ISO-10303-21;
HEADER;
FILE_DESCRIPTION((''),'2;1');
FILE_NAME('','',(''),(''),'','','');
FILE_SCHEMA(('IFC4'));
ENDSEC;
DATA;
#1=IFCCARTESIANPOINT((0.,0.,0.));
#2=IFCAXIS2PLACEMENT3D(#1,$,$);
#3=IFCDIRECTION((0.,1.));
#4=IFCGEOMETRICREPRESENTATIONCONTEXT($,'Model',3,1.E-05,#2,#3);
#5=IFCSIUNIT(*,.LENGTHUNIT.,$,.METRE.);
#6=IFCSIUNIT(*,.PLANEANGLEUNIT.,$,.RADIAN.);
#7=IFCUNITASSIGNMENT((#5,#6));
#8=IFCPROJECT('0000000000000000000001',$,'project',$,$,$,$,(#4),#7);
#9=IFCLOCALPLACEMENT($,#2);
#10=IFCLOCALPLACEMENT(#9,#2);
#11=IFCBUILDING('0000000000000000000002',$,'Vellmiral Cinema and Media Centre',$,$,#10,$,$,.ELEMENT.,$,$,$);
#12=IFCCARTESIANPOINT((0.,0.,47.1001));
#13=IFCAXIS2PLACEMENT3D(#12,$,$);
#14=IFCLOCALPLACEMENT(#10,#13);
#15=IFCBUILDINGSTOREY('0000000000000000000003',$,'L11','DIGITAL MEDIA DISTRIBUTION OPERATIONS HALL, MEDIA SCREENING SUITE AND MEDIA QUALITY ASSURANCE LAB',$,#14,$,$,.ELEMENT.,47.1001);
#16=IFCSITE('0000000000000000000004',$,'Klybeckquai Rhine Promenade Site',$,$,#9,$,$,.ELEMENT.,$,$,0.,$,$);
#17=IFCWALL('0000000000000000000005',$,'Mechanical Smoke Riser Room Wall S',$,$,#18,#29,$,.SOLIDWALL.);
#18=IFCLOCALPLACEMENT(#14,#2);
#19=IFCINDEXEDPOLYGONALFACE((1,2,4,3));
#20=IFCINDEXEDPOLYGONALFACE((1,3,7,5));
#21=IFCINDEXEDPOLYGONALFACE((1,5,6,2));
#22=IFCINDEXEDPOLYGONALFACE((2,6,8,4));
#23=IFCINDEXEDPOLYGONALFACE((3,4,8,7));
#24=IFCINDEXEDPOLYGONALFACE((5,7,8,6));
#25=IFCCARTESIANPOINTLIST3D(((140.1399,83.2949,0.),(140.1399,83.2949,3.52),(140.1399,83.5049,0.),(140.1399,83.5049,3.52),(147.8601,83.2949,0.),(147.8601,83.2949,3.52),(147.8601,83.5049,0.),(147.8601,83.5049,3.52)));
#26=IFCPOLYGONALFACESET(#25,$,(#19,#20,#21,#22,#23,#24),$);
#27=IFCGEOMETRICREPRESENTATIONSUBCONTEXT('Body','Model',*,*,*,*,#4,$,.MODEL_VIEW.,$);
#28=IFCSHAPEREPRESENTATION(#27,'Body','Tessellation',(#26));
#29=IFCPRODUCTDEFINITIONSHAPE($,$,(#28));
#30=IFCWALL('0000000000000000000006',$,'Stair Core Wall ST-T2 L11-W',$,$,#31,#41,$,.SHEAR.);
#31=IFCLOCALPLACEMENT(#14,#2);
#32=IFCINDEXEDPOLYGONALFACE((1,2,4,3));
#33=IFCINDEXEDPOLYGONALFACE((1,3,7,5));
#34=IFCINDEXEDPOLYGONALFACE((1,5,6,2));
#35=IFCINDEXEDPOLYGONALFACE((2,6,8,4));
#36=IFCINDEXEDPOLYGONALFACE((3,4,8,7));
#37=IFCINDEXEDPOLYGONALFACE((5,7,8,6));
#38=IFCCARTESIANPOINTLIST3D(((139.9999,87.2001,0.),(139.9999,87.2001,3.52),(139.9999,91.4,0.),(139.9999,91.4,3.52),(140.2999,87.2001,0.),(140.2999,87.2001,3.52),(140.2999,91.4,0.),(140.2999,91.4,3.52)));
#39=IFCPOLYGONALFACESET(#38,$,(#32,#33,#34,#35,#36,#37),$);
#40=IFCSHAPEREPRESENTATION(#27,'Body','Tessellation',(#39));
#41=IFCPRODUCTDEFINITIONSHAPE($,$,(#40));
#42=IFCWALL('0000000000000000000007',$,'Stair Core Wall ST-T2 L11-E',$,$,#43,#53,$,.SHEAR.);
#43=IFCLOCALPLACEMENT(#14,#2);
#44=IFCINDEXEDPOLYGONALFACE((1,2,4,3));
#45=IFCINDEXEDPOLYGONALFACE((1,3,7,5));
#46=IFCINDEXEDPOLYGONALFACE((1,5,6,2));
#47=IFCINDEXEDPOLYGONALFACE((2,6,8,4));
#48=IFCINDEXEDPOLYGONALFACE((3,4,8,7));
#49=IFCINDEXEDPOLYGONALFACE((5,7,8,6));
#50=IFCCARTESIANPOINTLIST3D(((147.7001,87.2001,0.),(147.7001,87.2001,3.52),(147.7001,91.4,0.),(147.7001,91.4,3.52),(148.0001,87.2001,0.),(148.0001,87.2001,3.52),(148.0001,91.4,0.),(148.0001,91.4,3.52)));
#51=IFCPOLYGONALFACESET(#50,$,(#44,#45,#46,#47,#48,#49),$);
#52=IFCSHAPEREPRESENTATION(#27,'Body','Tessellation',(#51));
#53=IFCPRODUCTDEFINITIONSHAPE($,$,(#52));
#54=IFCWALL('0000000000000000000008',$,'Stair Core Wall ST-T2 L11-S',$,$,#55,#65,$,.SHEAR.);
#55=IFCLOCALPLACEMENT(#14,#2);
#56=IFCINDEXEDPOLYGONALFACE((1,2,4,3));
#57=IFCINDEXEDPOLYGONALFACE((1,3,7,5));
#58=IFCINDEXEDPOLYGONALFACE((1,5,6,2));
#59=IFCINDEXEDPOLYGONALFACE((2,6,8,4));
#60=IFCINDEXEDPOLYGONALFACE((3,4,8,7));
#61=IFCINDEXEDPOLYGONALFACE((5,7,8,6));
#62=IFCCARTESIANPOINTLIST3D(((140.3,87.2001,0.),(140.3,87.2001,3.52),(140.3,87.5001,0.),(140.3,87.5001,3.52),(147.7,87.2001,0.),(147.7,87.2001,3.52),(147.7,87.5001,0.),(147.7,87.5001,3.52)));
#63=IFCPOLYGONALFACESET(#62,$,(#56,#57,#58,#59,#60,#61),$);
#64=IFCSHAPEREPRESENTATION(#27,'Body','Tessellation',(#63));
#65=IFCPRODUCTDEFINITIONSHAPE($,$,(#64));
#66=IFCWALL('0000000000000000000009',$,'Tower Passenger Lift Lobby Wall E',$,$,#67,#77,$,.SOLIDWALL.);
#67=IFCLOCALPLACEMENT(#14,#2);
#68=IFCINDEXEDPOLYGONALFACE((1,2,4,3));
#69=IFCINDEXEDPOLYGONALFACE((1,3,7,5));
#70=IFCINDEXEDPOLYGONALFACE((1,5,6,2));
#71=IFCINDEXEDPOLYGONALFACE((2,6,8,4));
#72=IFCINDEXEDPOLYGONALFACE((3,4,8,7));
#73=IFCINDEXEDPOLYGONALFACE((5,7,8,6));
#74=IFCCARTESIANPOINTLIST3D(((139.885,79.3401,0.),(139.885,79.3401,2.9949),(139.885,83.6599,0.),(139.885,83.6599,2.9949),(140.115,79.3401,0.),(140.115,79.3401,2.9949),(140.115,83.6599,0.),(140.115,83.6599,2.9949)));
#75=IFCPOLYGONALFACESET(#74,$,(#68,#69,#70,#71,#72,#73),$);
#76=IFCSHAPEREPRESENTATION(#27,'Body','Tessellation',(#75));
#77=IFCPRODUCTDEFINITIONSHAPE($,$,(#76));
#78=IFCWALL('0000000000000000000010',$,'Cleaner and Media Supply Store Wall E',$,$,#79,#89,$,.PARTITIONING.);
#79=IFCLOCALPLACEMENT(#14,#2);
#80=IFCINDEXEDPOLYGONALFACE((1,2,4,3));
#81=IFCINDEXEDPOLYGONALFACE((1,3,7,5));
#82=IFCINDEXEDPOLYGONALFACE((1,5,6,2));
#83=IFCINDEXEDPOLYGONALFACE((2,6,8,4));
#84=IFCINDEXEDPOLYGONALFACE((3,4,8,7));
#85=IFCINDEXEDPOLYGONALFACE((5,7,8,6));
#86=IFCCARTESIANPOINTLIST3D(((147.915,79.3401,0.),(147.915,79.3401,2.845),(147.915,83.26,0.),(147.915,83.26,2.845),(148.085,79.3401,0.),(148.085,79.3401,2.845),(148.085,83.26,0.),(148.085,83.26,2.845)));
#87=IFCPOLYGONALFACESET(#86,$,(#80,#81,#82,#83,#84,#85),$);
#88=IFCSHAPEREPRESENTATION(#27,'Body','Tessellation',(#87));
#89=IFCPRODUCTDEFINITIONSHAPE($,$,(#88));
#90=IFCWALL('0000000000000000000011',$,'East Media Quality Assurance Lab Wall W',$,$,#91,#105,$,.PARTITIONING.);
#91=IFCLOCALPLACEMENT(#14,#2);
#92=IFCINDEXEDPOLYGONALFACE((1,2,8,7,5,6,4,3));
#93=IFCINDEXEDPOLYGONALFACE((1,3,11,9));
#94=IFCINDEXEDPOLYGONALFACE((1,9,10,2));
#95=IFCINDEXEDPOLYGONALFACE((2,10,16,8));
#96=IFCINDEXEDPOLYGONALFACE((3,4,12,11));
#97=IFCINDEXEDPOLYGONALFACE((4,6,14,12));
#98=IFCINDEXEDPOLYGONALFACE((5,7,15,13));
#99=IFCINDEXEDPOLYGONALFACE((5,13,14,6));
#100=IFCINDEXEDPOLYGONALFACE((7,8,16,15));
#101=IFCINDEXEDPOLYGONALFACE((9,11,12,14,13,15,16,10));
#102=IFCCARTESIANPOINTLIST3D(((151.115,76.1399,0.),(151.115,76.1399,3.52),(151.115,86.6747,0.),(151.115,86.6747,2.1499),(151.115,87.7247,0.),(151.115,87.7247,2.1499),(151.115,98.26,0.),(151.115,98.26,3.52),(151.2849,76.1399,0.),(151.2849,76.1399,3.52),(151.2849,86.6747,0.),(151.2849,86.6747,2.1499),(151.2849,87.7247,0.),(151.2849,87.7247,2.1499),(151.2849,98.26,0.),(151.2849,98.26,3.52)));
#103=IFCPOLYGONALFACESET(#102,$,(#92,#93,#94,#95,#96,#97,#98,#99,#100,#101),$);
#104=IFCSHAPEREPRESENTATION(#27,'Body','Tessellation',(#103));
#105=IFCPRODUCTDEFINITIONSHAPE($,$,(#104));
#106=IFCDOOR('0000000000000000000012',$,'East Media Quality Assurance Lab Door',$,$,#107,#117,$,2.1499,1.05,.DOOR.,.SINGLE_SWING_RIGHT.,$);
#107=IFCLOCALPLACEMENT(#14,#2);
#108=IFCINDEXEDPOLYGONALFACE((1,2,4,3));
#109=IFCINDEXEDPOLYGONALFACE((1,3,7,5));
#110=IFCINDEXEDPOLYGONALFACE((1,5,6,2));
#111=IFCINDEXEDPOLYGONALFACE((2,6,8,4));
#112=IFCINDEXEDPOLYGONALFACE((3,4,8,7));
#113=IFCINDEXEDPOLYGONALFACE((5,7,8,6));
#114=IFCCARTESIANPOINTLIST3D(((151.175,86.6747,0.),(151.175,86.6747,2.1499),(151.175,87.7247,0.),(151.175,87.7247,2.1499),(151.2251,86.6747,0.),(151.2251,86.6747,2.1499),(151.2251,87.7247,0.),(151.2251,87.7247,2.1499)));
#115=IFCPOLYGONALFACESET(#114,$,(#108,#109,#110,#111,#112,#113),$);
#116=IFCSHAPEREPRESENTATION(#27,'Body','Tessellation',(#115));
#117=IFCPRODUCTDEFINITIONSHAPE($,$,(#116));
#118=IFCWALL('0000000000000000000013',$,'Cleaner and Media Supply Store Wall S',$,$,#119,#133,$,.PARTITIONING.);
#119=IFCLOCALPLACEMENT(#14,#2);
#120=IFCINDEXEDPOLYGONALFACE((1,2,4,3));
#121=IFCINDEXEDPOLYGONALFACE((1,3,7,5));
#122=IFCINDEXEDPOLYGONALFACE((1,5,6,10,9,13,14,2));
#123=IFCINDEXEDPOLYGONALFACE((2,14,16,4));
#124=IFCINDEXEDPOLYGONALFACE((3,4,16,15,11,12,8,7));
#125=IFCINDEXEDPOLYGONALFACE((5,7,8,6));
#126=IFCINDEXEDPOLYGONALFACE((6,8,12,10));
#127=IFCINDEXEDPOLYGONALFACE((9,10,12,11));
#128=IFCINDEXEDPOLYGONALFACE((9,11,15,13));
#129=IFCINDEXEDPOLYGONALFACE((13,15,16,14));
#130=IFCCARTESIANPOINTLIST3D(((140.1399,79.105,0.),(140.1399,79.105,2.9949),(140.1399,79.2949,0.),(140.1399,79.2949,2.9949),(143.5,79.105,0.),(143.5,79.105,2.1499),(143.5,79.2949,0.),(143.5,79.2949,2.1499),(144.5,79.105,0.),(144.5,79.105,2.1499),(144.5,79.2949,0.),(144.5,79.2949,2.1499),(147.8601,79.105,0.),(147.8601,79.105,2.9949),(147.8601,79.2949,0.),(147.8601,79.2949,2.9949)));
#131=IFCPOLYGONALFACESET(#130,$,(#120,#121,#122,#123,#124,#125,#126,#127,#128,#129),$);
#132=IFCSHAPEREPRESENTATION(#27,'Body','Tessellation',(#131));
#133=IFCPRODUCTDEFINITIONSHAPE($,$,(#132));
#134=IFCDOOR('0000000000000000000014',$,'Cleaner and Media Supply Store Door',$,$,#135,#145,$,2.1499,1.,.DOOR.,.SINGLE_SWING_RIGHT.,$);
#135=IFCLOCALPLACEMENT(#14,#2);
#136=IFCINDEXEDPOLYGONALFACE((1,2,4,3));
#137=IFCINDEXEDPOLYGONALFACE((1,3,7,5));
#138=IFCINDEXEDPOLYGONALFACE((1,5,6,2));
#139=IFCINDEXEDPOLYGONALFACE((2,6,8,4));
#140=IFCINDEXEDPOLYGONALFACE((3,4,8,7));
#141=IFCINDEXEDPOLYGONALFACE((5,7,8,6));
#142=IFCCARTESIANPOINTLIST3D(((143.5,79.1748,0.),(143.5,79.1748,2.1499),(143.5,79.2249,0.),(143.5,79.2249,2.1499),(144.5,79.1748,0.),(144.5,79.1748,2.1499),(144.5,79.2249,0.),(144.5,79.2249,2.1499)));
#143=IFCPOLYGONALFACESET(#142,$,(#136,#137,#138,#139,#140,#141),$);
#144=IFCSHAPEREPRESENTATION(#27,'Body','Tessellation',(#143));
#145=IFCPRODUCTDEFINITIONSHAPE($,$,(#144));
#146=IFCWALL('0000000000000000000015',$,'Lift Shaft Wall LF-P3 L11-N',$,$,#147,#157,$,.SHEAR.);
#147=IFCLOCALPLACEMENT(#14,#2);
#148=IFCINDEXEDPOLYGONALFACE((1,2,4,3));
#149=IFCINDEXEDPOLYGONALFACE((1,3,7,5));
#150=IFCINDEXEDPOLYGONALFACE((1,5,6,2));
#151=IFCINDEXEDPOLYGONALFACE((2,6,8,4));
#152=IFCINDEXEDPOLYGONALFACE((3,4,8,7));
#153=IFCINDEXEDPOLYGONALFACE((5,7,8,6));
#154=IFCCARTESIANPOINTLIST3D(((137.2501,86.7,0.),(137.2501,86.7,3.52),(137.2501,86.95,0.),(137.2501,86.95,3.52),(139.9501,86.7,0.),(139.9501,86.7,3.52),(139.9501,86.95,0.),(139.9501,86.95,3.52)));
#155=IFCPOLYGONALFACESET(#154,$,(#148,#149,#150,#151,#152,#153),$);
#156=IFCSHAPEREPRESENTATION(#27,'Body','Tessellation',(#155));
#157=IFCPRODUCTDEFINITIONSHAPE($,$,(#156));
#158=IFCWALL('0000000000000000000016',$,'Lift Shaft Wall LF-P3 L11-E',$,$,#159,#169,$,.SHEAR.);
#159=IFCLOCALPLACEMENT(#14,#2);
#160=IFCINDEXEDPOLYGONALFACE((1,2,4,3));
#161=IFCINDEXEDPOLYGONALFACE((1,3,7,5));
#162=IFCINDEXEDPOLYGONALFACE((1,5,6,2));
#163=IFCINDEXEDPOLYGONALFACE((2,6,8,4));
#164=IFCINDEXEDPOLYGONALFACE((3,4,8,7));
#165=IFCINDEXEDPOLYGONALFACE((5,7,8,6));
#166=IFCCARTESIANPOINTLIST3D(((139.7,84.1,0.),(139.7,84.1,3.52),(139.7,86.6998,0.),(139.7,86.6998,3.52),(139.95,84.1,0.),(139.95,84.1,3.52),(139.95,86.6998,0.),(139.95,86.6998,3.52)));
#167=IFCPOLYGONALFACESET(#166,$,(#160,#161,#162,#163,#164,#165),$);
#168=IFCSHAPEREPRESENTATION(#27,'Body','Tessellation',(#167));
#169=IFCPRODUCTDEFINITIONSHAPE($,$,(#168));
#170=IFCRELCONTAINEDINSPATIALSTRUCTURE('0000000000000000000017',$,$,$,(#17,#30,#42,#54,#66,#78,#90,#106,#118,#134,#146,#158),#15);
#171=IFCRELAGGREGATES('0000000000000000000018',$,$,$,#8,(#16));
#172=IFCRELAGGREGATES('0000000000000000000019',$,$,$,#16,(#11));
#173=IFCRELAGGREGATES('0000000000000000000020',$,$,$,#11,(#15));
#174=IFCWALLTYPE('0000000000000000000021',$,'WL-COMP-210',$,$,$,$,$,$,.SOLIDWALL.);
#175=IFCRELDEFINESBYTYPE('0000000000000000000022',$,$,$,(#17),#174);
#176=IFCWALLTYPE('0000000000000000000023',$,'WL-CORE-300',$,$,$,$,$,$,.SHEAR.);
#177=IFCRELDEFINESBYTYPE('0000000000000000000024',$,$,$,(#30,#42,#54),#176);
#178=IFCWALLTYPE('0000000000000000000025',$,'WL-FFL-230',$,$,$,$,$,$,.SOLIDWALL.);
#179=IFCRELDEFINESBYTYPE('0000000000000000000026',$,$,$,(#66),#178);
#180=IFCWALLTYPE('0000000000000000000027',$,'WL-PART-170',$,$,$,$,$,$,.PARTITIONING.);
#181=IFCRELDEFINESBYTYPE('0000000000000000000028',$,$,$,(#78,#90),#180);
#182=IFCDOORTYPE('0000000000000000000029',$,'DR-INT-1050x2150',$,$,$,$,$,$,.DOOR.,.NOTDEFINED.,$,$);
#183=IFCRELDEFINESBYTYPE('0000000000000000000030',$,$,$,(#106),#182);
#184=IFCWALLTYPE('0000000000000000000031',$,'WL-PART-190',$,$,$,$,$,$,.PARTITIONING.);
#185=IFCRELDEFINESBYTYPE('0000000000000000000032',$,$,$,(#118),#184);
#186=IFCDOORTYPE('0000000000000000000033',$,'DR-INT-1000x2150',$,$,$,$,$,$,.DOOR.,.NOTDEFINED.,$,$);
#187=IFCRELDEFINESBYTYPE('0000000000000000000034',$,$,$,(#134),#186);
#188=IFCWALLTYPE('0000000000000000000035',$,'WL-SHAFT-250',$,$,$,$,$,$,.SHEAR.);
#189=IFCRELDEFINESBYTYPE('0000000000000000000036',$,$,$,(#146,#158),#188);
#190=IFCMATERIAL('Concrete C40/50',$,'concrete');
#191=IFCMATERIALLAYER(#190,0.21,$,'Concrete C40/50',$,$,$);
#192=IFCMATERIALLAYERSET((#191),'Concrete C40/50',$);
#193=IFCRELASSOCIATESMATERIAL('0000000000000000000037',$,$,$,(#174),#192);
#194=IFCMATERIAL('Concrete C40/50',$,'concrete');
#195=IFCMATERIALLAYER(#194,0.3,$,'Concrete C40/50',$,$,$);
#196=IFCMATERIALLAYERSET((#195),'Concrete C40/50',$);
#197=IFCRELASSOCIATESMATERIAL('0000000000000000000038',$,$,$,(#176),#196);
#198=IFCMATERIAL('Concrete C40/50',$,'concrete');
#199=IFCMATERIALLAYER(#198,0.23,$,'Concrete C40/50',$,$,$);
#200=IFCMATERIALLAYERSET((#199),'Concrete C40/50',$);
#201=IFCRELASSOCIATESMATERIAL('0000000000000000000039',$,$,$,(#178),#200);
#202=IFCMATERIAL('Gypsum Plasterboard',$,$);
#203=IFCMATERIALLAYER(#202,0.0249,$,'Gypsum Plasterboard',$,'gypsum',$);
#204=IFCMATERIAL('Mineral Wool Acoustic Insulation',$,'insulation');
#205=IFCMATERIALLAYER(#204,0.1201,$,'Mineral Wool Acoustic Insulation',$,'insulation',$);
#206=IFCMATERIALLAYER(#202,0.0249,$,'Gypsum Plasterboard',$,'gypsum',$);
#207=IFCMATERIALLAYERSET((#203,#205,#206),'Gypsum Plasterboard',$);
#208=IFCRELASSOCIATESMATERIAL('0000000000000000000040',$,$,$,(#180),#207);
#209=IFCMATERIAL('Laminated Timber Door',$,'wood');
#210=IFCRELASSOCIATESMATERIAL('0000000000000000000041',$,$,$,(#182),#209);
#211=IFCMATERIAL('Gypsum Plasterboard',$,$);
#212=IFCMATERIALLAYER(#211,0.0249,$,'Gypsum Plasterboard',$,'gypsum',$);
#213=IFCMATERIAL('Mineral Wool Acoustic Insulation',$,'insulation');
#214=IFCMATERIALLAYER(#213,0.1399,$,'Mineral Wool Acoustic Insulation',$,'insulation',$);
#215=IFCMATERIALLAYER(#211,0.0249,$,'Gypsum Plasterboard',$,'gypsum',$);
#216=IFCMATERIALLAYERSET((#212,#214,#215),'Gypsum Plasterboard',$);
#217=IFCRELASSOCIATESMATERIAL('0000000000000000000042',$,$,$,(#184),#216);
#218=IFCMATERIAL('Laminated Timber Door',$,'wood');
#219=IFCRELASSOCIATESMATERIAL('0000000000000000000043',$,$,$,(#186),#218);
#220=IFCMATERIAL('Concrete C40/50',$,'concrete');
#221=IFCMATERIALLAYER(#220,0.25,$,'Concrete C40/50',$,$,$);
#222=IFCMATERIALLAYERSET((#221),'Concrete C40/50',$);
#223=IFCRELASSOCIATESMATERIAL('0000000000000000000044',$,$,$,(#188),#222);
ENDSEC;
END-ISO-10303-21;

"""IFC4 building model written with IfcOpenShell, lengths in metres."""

from ifc_helpers import new_model, si_unit, direction, frame, frame_2d, origin, place, context, subcontext, project, spatial, rectangle, extrude, material, layer, layer_set, type_object, element, fill, save


model = new_model("IFC4")

# Units and contexts
model_context = context("Model", 3, precision=1e-05, world=origin(), true_north=direction((0.0, 1.0)))
body_context = subcontext(model_context, "Body", "Model", "MODEL_VIEW")
ifc_project = project(units=[si_unit("LENGTHUNIT", "METRE"), si_unit("PLANEANGLEUNIT", "RADIAN")], contexts=[model_context])

# Site, building, storey
site_placement = place(None, origin())
site = spatial("IfcSite", under=ifc_project, at=site_placement, Name="Klybeckquai Rhine Promenade Site", CompositionType="ELEMENT", RefElevation=0.0)
building_placement = place(site_placement, origin())
building = spatial("IfcBuilding", under=site, at=building_placement, Name="Vellmiral Cinema and Media Centre", CompositionType="ELEMENT")
storey_placement = place(building_placement, frame((0.0, 0.0, 47.1001)))
storey = spatial("IfcBuildingStorey", under=building, at=storey_placement, Name="L11", Description="DIGITAL MEDIA DISTRIBUTION OPERATIONS HALL, MEDIA SCREENING SUITE AND MEDIA QUALITY ASSURANCE LAB", CompositionType="ELEMENT", Elevation=47.1001)

# Wall
ifc_material_1 = material(Name="Concrete C40/50", Category="concrete")
ifc_layer_1 = layer(ifc_material_1, 0.21, Name="Concrete C40/50")
ifc_layer_set_1 = layer_set([ifc_layer_1], Name="Concrete C40/50")
wall_type_1 = type_object("IfcWallType", Name="WL-COMP-210", PredefinedType="SOLIDWALL", material=ifc_layer_set_1)
wall_1_placement = place(storey_placement, frame((140.1399, 83.3999, 0.0), z_axis=(0.0, 0.0, 1.0), x_axis=(1.0, 0.0, 0.0)))
element("IfcWall", 1, at=wall_1_placement, inside=storey, type_object=wall_type_1, Name="Mechanical Smoke Riser Room Wall S", PredefinedType="SOLIDWALL", context=body_context, shape_type="SweptSolid", body=[
    extrude(rectangle(XDim=7.7202, YDim=0.21, at=frame_2d((3.8601, 0.0))), origin(), (0.0, 0.0, 1.0), 3.52),
])

# Walls
ifc_material_2 = material(Name="Concrete C40/50", Category="concrete")
ifc_layer_2 = layer(ifc_material_2, 0.3, Name="Concrete C40/50")
ifc_layer_set_2 = layer_set([ifc_layer_2], Name="Concrete C40/50")
wall_type_2 = type_object("IfcWallType", Name="WL-CORE-300", PredefinedType="SHEAR", material=ifc_layer_set_2)
for number, where, z_axis, x_axis, name in (
    (2, (140.1499, 87.2, 0.0), (0.0, 0.0, 1.0), (0.0, 1.0, 0.0), "Stair Core Wall ST-T2 L11-W"),
    (3, (147.8501, 87.2, 0.0), (0.0, 0.0, 1.0), (0.0, 1.0, 0.0), "Stair Core Wall ST-T2 L11-E"),
):
    element("IfcWall", number, at=place(storey_placement, frame(where, z_axis=z_axis, x_axis=x_axis)), inside=storey, type_object=wall_type_2, Name=name, PredefinedType="SHEAR", context=body_context, shape_type="SweptSolid", body=[
        extrude(rectangle(XDim=4.2, YDim=0.3, at=frame_2d((2.1001, 0.0))), origin(), (0.0, 0.0, 1.0), 3.52),
    ])
wall_2_placement = place(storey_placement, frame((140.3, 87.3501, 0.0), z_axis=(0.0, 0.0, 1.0), x_axis=(1.0, 0.0, 0.0)))
element("IfcWall", 4, at=wall_2_placement, inside=storey, type_object=wall_type_2, Name="Stair Core Wall ST-T2 L11-S", PredefinedType="SHEAR", context=body_context, shape_type="SweptSolid", body=[
    extrude(rectangle(XDim=7.3999, YDim=0.3, at=frame_2d((3.7, 0.0))), origin(), (0.0, 0.0, 1.0), 3.52),
])
ifc_material_3 = material(Name="Concrete C40/50", Category="concrete")
ifc_layer_3 = layer(ifc_material_3, 0.23, Name="Concrete C40/50")
ifc_layer_set_3 = layer_set([ifc_layer_3], Name="Concrete C40/50")
wall_type_3 = type_object("IfcWallType", Name="WL-FFL-230", PredefinedType="SOLIDWALL", material=ifc_layer_set_3)
wall_3_placement = place(storey_placement, frame((140.0, 79.3401, 0.0), z_axis=(0.0, 0.0, 1.0), x_axis=(0.0, 1.0, 0.0)))
element("IfcWall", 5, at=wall_3_placement, inside=storey, type_object=wall_type_3, Name="Tower Passenger Lift Lobby Wall E", PredefinedType="SOLIDWALL", context=body_context, shape_type="SweptSolid", body=[
    extrude(rectangle(XDim=4.3198, YDim=0.23, at=frame_2d((2.1599, 0.0))), origin(), (0.0, 0.0, 1.0), 2.9949),
])
ifc_material_4 = material(Name="Gypsum Plasterboard")
ifc_layer_4 = layer(ifc_material_4, 0.0249, Name="Gypsum Plasterboard", Category="gypsum")
ifc_material_5 = material(Name="Mineral Wool Acoustic Insulation", Category="insulation")
ifc_layer_5 = layer(ifc_material_5, 0.1201, Name="Mineral Wool Acoustic Insulation", Category="insulation")
ifc_layer_6 = layer(ifc_material_4, 0.0249, Name="Gypsum Plasterboard", Category="gypsum")
ifc_layer_set_4 = layer_set([ifc_layer_4, ifc_layer_5, ifc_layer_6], Name="Gypsum Plasterboard")
wall_type_4 = type_object("IfcWallType", Name="WL-PART-170", PredefinedType="PARTITIONING", material=ifc_layer_set_4)
wall_4_placement = place(storey_placement, frame((148.0, 79.3401, 0.0), z_axis=(0.0, 0.0, 1.0), x_axis=(0.0, 1.0, 0.0)))
element("IfcWall", 6, at=wall_4_placement, inside=storey, type_object=wall_type_4, Name="Cleaner and Media Supply Store Wall E", PredefinedType="PARTITIONING", context=body_context, shape_type="SweptSolid", body=[
    extrude(rectangle(XDim=3.9199, YDim=0.1699, at=frame_2d((1.96, 0.0))), origin(), (0.0, 0.0, 1.0), 2.845),
])

# Walls, openings, doors
wall_5_placement = place(storey_placement, frame((151.2, 76.1399, 0.0), z_axis=(0.0, 0.0, 1.0), x_axis=(0.0, 1.0, 0.0)))
wall_5 = element("IfcWall", 7, at=wall_5_placement, inside=storey, type_object=wall_type_4, Name="East Media Quality Assurance Lab Wall W", PredefinedType="PARTITIONING", context=body_context, shape_type="SweptSolid", body=[
    extrude(rectangle(XDim=22.1201, YDim=0.1699, at=frame_2d((11.0601, 0.0))), origin(), (0.0, 0.0, 1.0), 3.52),
])
opening_1_placement = place(wall_5_placement, frame((10.5349, 0.0, 0.0)))
opening_1 = element("IfcOpeningElement", 8, at=opening_1_placement, cuts=wall_5, PredefinedType="OPENING", context=body_context, shape_type="SweptSolid", body=[
    extrude(rectangle(XDim=1.05, YDim=2.1499, at=frame_2d((0.5249, 1.075))), frame((0.0, 0.0969, 0.0), z_axis=(0.0, -1.0, 0.0), x_axis=(1.0, 0.0, 0.0)), (0.0, 0.0, 1.0), 0.1938),
])
ifc_material_6 = material(Name="Laminated Timber Door", Category="wood")
door_type_1 = type_object("IfcDoorType", Name="DR-INT-1050x2150", OperationType="NOTDEFINED", PredefinedType="DOOR", material=ifc_material_6)
door_1_placement = place(opening_1_placement, origin())
door_1 = element("IfcDoor", 9, at=door_1_placement, inside=storey, type_object=door_type_1, Name="East Media Quality Assurance Lab Door", OperationType="SINGLE_SWING_RIGHT", OverallHeight=2.1499, OverallWidth=1.05, PredefinedType="DOOR", context=body_context, shape_type="SweptSolid", body=[
    extrude(rectangle(XDim=1.05, YDim=2.1499, at=frame_2d((0.5249, 1.075))), frame((0.0, 0.0249, 0.0), z_axis=(0.0, -1.0, 0.0), x_axis=(1.0, 0.0, 0.0)), (0.0, 0.0, 1.0), 0.05),
])
fill(opening_1, door_1)
ifc_material_7 = material(Name="Gypsum Plasterboard")
ifc_layer_7 = layer(ifc_material_7, 0.0249, Name="Gypsum Plasterboard", Category="gypsum")
ifc_material_8 = material(Name="Mineral Wool Acoustic Insulation", Category="insulation")
ifc_layer_8 = layer(ifc_material_8, 0.1399, Name="Mineral Wool Acoustic Insulation", Category="insulation")
ifc_layer_9 = layer(ifc_material_7, 0.0249, Name="Gypsum Plasterboard", Category="gypsum")
ifc_layer_set_5 = layer_set([ifc_layer_7, ifc_layer_8, ifc_layer_9], Name="Gypsum Plasterboard")
wall_type_5 = type_object("IfcWallType", Name="WL-PART-190", PredefinedType="PARTITIONING", material=ifc_layer_set_5)
wall_6_placement = place(storey_placement, frame((140.1399, 79.2, 0.0), z_axis=(0.0, 0.0, 1.0), x_axis=(1.0, 0.0, 0.0)))
wall_6 = element("IfcWall", 10, at=wall_6_placement, inside=storey, type_object=wall_type_5, Name="Cleaner and Media Supply Store Wall S", PredefinedType="PARTITIONING", context=body_context, shape_type="SweptSolid", body=[
    extrude(rectangle(XDim=7.7202, YDim=0.1899, at=frame_2d((3.8601, 0.0))), origin(), (0.0, 0.0, 1.0), 2.9949),
])
opening_2_placement = place(wall_6_placement, frame((3.3601, 0.0, 0.0)))
opening_2 = element("IfcOpeningElement", 11, at=opening_2_placement, cuts=wall_6, PredefinedType="OPENING", context=body_context, shape_type="SweptSolid", body=[
    extrude(rectangle(XDim=1.0, YDim=2.1499, at=frame_2d((0.5, 1.075))), frame((0.0, 0.1069, 0.0), z_axis=(0.0, -1.0, 0.0), x_axis=(1.0, 0.0, 0.0)), (0.0, 0.0, 1.0), 0.2139),
])
ifc_material_9 = material(Name="Laminated Timber Door", Category="wood")
door_type_2 = type_object("IfcDoorType", Name="DR-INT-1000x2150", OperationType="NOTDEFINED", PredefinedType="DOOR", material=ifc_material_9)
door_2_placement = place(opening_2_placement, origin())
door_2 = element("IfcDoor", 12, at=door_2_placement, inside=storey, type_object=door_type_2, Name="Cleaner and Media Supply Store Door", OperationType="SINGLE_SWING_RIGHT", OverallHeight=2.1499, OverallWidth=1.0, PredefinedType="DOOR", context=body_context, shape_type="SweptSolid", body=[
    extrude(rectangle(XDim=1.0, YDim=2.1499, at=frame_2d((0.5, 1.075))), frame((0.0, 0.0249, 0.0), z_axis=(0.0, -1.0, 0.0), x_axis=(1.0, 0.0, 0.0)), (0.0, 0.0, 1.0), 0.05),
])
fill(opening_2, door_2)

# Walls
ifc_material_10 = material(Name="Concrete C40/50", Category="concrete")
ifc_layer_10 = layer(ifc_material_10, 0.25, Name="Concrete C40/50")
ifc_layer_set_6 = layer_set([ifc_layer_10], Name="Concrete C40/50")
wall_type_6 = type_object("IfcWallType", Name="WL-SHAFT-250", PredefinedType="SHEAR", material=ifc_layer_set_6)
wall_7_placement = place(storey_placement, frame((137.25, 86.825, 0.0), z_axis=(0.0, 0.0, 1.0), x_axis=(1.0, 0.0, 0.0)))
element("IfcWall", 13, at=wall_7_placement, inside=storey, type_object=wall_type_6, Name="Lift Shaft Wall LF-P3 L11-N", PredefinedType="SHEAR", context=body_context, shape_type="SweptSolid", body=[
    extrude(rectangle(XDim=2.7, YDim=0.25, at=frame_2d((1.3501, 0.0))), origin(), (0.0, 0.0, 1.0), 3.52),
])
wall_8_placement = place(storey_placement, frame((139.825, 84.1001, 0.0), z_axis=(0.0, 0.0, 1.0), x_axis=(0.0, 1.0, 0.0)))
element("IfcWall", 14, at=wall_8_placement, inside=storey, type_object=wall_type_6, Name="Lift Shaft Wall LF-P3 L11-E", PredefinedType="SHEAR", context=body_context, shape_type="SweptSolid", body=[
    extrude(rectangle(XDim=2.5999, YDim=0.25, at=frame_2d((1.2998, 0.0))), origin(), (0.0, 0.0, 1.0), 3.52),
])

save(model, "model.ifc")
